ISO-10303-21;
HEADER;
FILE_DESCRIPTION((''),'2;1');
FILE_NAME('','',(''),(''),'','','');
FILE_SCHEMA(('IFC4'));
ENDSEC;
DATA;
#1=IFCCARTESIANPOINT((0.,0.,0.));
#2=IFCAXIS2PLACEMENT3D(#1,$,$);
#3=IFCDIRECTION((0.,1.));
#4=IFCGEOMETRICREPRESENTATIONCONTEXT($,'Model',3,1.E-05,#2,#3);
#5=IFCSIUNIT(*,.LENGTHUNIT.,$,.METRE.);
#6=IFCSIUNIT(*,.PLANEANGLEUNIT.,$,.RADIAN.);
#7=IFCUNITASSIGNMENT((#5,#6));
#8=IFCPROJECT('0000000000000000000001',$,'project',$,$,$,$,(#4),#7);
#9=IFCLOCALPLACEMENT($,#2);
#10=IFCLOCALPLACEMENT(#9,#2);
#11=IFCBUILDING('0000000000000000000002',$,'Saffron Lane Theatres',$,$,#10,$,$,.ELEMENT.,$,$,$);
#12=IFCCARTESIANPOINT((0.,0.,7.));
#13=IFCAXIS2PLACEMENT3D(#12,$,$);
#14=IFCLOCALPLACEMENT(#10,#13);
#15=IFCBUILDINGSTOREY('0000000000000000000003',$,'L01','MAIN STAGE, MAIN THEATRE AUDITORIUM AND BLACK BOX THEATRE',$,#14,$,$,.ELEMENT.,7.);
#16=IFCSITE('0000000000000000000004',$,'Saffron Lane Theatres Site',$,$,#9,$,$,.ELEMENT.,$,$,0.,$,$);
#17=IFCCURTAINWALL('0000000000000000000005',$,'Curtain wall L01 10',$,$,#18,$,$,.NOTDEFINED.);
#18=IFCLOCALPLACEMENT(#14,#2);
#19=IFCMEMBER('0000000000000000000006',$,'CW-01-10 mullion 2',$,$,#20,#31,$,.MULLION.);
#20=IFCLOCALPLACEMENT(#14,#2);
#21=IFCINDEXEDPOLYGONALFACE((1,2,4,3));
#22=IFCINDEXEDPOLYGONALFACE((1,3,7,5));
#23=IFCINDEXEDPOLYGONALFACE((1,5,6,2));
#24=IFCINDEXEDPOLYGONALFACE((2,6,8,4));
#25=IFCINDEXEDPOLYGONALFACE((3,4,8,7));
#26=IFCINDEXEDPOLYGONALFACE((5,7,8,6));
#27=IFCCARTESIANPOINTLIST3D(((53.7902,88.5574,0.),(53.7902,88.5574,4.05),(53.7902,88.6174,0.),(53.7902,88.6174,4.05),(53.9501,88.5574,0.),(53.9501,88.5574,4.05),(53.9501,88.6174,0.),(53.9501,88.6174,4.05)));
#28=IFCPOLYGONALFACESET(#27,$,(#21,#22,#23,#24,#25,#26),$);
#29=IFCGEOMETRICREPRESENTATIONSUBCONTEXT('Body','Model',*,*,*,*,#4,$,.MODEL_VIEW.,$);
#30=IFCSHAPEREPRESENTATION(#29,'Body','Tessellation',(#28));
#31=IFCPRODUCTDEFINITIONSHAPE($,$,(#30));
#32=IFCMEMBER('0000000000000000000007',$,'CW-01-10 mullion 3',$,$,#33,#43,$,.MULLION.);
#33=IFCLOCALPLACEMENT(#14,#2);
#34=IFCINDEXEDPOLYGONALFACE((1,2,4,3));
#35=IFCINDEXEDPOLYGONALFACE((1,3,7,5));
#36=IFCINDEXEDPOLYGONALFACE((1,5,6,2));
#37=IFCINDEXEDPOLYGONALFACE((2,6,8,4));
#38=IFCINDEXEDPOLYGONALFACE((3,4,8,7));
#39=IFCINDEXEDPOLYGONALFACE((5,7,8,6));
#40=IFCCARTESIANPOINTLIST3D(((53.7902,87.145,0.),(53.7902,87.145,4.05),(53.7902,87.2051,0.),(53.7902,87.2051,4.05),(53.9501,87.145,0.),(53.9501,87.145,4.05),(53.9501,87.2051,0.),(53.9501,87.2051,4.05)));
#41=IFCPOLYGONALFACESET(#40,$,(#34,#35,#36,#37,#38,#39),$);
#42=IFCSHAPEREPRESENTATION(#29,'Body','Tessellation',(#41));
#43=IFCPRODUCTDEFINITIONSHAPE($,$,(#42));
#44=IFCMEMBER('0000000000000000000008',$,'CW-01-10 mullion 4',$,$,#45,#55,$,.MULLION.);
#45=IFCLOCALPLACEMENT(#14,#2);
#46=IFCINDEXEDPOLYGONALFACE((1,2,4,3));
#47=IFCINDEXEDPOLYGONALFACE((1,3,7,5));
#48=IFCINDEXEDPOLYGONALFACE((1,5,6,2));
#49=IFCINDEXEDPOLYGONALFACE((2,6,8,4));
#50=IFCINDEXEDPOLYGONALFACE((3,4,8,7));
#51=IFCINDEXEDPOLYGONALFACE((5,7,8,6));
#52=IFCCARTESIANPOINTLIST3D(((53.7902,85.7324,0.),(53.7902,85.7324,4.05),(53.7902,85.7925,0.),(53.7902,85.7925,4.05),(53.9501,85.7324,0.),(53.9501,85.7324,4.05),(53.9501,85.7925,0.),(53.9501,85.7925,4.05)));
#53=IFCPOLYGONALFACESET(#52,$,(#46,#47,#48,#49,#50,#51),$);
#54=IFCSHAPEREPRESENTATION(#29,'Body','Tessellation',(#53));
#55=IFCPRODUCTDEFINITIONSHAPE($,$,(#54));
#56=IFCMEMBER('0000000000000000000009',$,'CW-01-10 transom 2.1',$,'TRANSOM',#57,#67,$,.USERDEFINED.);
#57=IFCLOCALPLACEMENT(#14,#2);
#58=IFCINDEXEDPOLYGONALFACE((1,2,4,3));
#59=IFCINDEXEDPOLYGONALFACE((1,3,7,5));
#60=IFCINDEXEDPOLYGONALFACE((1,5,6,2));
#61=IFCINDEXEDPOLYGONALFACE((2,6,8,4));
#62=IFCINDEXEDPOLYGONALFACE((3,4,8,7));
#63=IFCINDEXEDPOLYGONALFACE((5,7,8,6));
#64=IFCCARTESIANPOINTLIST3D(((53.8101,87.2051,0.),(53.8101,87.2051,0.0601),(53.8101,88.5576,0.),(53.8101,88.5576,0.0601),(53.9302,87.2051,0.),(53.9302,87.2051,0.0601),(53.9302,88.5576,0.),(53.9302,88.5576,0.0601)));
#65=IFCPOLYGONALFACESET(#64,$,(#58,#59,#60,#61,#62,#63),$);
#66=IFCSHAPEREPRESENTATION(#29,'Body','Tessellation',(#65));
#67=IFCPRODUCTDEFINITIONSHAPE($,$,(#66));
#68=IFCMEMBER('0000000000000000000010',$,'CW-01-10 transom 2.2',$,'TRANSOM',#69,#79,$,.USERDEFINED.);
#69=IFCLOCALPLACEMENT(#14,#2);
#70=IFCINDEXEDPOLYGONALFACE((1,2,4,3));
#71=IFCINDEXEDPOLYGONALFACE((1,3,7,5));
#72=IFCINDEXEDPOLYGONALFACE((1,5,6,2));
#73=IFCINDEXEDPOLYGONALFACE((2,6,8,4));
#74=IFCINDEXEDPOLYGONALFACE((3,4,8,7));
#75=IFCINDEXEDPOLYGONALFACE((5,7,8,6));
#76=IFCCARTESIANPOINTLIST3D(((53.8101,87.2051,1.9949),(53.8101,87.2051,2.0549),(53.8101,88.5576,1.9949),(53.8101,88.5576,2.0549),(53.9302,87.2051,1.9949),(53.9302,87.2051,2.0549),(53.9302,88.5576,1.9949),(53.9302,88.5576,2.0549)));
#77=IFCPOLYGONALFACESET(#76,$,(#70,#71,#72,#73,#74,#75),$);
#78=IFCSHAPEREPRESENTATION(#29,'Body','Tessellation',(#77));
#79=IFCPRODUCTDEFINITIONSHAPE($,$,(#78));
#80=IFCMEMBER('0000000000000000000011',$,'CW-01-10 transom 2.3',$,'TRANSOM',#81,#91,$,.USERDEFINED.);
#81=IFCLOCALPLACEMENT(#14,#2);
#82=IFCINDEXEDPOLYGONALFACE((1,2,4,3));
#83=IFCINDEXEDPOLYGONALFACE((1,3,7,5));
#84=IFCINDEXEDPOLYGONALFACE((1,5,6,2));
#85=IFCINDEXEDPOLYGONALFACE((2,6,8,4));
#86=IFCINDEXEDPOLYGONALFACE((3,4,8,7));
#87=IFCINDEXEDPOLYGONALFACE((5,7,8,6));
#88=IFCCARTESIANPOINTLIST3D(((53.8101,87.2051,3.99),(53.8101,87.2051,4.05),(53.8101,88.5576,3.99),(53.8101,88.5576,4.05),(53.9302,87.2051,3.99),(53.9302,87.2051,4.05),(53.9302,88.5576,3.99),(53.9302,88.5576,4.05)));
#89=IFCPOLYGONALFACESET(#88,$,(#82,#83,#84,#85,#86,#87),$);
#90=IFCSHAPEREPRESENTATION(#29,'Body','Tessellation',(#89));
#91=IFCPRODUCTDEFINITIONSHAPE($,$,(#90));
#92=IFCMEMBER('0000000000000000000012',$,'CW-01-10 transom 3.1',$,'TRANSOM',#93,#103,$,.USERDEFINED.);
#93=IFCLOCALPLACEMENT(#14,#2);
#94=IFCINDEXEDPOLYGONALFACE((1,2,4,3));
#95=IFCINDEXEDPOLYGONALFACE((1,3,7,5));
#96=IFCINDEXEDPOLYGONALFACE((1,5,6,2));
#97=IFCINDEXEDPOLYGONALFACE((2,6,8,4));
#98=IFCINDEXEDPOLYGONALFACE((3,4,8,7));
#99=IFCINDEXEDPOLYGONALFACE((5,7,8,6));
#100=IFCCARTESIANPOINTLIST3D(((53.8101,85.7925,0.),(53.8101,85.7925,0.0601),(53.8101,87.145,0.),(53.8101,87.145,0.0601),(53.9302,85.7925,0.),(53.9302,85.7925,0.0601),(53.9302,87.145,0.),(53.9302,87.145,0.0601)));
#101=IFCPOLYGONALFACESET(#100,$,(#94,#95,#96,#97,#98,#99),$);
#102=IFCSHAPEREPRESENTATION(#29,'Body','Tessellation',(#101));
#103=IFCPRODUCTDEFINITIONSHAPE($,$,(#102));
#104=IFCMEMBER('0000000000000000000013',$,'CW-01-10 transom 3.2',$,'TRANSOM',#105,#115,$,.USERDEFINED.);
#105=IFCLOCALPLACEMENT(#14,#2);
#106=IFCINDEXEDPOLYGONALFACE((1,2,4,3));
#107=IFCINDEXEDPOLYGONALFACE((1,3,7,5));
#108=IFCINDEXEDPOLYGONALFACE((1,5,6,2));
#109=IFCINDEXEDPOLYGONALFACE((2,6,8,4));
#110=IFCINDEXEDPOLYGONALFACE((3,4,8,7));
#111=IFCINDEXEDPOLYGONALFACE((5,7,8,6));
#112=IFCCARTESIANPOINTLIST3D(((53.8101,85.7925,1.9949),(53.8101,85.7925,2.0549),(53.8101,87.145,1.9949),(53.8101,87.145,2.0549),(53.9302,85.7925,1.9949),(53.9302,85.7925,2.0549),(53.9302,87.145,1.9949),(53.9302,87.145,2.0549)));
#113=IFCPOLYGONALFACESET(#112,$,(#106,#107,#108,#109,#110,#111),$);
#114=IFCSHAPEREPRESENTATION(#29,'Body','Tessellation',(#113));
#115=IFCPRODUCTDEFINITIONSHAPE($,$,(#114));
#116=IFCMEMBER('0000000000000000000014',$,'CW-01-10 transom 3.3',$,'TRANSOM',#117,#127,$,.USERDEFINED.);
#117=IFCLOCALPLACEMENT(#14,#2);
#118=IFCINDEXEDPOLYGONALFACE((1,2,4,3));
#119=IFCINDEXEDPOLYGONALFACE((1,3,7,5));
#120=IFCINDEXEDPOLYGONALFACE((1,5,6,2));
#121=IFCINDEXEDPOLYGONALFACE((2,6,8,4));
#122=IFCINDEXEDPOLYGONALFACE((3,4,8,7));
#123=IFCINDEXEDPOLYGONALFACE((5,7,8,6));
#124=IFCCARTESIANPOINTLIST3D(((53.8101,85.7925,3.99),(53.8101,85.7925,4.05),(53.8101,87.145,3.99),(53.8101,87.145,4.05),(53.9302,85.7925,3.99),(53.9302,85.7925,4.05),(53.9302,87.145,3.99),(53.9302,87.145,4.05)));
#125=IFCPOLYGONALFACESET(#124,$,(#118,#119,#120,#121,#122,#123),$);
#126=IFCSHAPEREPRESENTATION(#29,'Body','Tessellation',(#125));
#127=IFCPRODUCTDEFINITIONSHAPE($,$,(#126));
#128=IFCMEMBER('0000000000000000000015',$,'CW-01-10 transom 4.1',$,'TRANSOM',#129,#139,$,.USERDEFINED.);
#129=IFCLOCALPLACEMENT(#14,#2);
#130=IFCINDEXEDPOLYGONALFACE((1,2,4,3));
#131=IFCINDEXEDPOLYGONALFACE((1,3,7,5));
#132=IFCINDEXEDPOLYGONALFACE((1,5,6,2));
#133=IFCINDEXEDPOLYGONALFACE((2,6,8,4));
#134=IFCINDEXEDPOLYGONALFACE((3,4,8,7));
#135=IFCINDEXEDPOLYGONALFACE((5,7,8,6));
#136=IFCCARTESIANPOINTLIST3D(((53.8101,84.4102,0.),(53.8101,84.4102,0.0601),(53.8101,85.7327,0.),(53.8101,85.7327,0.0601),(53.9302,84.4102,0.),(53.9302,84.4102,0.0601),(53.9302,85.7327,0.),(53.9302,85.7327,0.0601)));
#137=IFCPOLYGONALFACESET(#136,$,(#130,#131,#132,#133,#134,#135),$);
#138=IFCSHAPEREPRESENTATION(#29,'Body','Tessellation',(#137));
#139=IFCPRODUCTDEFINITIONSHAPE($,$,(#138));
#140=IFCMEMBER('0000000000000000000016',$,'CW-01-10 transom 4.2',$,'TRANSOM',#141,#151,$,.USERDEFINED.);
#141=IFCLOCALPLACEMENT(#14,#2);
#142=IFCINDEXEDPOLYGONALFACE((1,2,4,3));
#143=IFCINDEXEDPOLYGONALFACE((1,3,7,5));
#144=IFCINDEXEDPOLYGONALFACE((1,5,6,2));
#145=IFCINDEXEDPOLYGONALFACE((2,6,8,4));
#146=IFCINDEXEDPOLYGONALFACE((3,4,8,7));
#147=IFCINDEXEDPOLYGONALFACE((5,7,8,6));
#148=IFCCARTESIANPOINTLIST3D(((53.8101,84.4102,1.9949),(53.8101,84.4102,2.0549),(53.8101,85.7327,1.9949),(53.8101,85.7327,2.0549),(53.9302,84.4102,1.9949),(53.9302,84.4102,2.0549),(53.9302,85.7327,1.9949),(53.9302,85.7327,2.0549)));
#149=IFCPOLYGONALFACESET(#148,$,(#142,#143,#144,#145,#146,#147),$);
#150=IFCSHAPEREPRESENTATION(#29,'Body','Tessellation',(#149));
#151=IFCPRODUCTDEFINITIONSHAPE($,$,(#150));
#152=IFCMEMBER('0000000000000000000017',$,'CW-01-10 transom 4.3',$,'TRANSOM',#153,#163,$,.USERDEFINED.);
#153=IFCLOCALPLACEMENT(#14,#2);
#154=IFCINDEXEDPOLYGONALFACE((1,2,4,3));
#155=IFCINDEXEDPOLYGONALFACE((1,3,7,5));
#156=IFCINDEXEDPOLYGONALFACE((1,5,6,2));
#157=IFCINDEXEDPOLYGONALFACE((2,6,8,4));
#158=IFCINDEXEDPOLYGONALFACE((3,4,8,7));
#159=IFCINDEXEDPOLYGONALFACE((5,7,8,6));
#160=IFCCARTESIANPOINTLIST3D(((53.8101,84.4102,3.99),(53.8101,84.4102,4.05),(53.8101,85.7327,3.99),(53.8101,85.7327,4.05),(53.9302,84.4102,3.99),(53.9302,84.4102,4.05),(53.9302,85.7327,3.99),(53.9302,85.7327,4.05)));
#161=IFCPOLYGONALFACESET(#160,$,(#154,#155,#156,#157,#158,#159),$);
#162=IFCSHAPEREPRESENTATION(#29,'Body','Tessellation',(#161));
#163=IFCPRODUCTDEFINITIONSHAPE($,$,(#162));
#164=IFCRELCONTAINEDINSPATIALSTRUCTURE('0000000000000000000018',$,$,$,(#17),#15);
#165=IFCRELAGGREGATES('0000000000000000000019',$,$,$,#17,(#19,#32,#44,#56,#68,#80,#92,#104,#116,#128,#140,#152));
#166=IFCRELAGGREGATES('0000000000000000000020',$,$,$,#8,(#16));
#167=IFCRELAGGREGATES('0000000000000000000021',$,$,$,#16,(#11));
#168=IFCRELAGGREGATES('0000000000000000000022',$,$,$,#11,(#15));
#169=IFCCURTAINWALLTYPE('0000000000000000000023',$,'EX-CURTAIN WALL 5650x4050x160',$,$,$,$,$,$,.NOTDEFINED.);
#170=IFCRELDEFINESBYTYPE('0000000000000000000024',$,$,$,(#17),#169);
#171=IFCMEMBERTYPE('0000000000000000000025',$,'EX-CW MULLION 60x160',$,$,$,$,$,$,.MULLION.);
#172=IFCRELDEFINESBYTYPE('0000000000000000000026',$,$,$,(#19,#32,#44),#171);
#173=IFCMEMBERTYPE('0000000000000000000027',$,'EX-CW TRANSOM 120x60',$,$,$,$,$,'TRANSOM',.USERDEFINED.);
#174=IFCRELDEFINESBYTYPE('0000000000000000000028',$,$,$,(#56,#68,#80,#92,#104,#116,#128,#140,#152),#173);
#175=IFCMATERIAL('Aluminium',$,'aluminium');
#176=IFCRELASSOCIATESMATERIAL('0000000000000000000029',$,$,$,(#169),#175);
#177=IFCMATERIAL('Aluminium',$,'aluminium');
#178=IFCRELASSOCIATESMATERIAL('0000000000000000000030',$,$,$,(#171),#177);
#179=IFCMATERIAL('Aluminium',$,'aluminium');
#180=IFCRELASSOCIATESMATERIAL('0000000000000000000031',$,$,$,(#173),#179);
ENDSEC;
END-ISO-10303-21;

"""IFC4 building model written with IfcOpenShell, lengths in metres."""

from ifc_helpers import new_model, si_unit, direction, frame, origin, origin_2d, place, context, subcontext, project, spatial, rectangle, extrude, material, material_profile, profile_set, type_object, element, aggregate, save


model = new_model("IFC4")

# Units and contexts
model_context = context("Model", 3, precision=1e-05, world=origin(), true_north=direction((0.0, 1.0)))
body_context = subcontext(model_context, "Body", "Model", "MODEL_VIEW")
ifc_project = project(units=[si_unit("LENGTHUNIT", "METRE"), si_unit("PLANEANGLEUNIT", "RADIAN")], contexts=[model_context])

# Site, building, storey
site_placement = place(None, origin())
site = spatial("IfcSite", under=ifc_project, at=site_placement, Name="Saffron Lane Theatres Site", CompositionType="ELEMENT", RefElevation=0.0)
building_placement = place(site_placement, origin())
building = spatial("IfcBuilding", under=site, at=building_placement, Name="Saffron Lane Theatres", CompositionType="ELEMENT")
storey_placement = place(building_placement, frame((0.0, 0.0, 7.0)))
storey = spatial("IfcBuildingStorey", under=building, at=storey_placement, Name="L01", Description="MAIN STAGE, MAIN THEATRE AUDITORIUM AND BLACK BOX THEATRE", CompositionType="ELEMENT", Elevation=7.0)

# Curtain wall, members
ifc_material_1 = material(Name="Aluminium", Category="aluminium")
curtain_wall_type = type_object("IfcCurtainWallType", Name="EX-CURTAIN WALL 5650x4050x160", PredefinedType="NOTDEFINED", material=ifc_material_1)
curtain_wall_placement = place(storey_placement, origin())
curtain_wall = element("IfcCurtainWall", 1, at=curtain_wall_placement, inside=storey, type_object=curtain_wall_type, Name="Curtain wall L01 10", PredefinedType="NOTDEFINED")
ifc_material_2 = material(Name="Aluminium", Category="aluminium")
ifc_material_profile_1 = material_profile(ifc_material_2, rectangle(XDim=0.0601, YDim=0.1599, at=origin_2d()))
ifc_profile_set_1 = profile_set([ifc_material_profile_1], Name="Aluminium")
member_type_1 = type_object("IfcMemberType", Name="EX-CW MULLION 60x160", PredefinedType="MULLION", material=ifc_profile_set_1)
member_1_placement = place(storey_placement, frame((53.8701, 88.5874, 0.0), z_axis=(0.0, 0.0, 1.0), x_axis=(0.0, -1.0, 0.0)))
member_1 = element("IfcMember", 2, at=member_1_placement, type_object=member_type_1, Name="CW-01-10 mullion 2", PredefinedType="MULLION", context=body_context, shape_type="SweptSolid", body=[
    extrude(rectangle(XDim=0.0601, YDim=0.1599, at=origin_2d()), origin(), (0.0, 0.0, 1.0), 4.05),
])
member_2_placement = place(storey_placement, frame((53.8701, 87.175, 0.0), z_axis=(0.0, 0.0, 1.0), x_axis=(0.0, -1.0, 0.0)))
member_2 = element("IfcMember", 3, at=member_2_placement, type_object=member_type_1, Name="CW-01-10 mullion 3", PredefinedType="MULLION", context=body_context, shape_type="SweptSolid", body=[
    extrude(rectangle(XDim=0.0601, YDim=0.1599, at=origin_2d()), origin(), (0.0, 0.0, 1.0), 4.05),
])
member_3_placement = place(storey_placement, frame((53.8701, 85.7625, 0.0), z_axis=(0.0, 0.0, 1.0), x_axis=(0.0, -1.0, 0.0)))
member_3 = element("IfcMember", 4, at=member_3_placement, type_object=member_type_1, Name="CW-01-10 mullion 4", PredefinedType="MULLION", context=body_context, shape_type="SweptSolid", body=[
    extrude(rectangle(XDim=0.0601, YDim=0.1599, at=origin_2d()), origin(), (0.0, 0.0, 1.0), 4.05),
])
ifc_material_3 = material(Name="Aluminium", Category="aluminium")
ifc_material_profile_2 = material_profile(ifc_material_3, rectangle(XDim=0.1201, YDim=0.0601, at=origin_2d()))
ifc_profile_set_2 = profile_set([ifc_material_profile_2], Name="Aluminium")
member_type_2 = type_object("IfcMemberType", Name="EX-CW TRANSOM 120x60", ElementType="TRANSOM", PredefinedType="USERDEFINED", material=ifc_profile_set_2)
member_4_placement = place(storey_placement, frame((53.8701, 88.5576, 0.03), z_axis=(0.0, -1.0, 0.0), x_axis=(1.0, 0.0, 0.0)))
member_4 = element("IfcMember", 5, at=member_4_placement, type_object=member_type_2, Name="CW-01-10 transom 2.1", ObjectType="TRANSOM", PredefinedType="USERDEFINED", context=body_context, shape_type="SweptSolid", body=[
    extrude(rectangle(XDim=0.1201, YDim=0.0601, at=origin_2d()), origin(), (0.0, 0.0, 1.0), 1.3525),
])
member_5_placement = place(storey_placement, frame((53.8701, 88.5576, 2.0249), z_axis=(0.0, -1.0, 0.0), x_axis=(1.0, 0.0, 0.0)))
member_5 = element("IfcMember", 6, at=member_5_placement, type_object=member_type_2, Name="CW-01-10 transom 2.2", ObjectType="TRANSOM", PredefinedType="USERDEFINED", context=body_context, shape_type="SweptSolid", body=[
    extrude(rectangle(XDim=0.1201, YDim=0.0601, at=origin_2d()), origin(), (0.0, 0.0, 1.0), 1.3525),
])
member_6_placement = place(storey_placement, frame((53.8701, 88.5576, 4.02), z_axis=(0.0, -1.0, 0.0), x_axis=(1.0, 0.0, 0.0)))
member_6 = element("IfcMember", 7, at=member_6_placement, type_object=member_type_2, Name="CW-01-10 transom 2.3", ObjectType="TRANSOM", PredefinedType="USERDEFINED", context=body_context, shape_type="SweptSolid", body=[
    extrude(rectangle(XDim=0.1201, YDim=0.0601, at=origin_2d()), origin(), (0.0, 0.0, 1.0), 1.3525),
])
member_7_placement = place(storey_placement, frame((53.8701, 87.145, 0.03), z_axis=(0.0, -1.0, 0.0), x_axis=(1.0, 0.0, 0.0)))
member_7 = element("IfcMember", 8, at=member_7_placement, type_object=member_type_2, Name="CW-01-10 transom 3.1", ObjectType="TRANSOM", PredefinedType="USERDEFINED", context=body_context, shape_type="SweptSolid", body=[
    extrude(rectangle(XDim=0.1201, YDim=0.0601, at=origin_2d()), origin(), (0.0, 0.0, 1.0), 1.3525),
])
member_8_placement = place(storey_placement, frame((53.8701, 87.145, 2.0249), z_axis=(0.0, -1.0, 0.0), x_axis=(1.0, 0.0, 0.0)))
member_8 = element("IfcMember", 9, at=member_8_placement, type_object=member_type_2, Name="CW-01-10 transom 3.2", ObjectType="TRANSOM", PredefinedType="USERDEFINED", context=body_context, shape_type="SweptSolid", body=[
    extrude(rectangle(XDim=0.1201, YDim=0.0601, at=origin_2d()), origin(), (0.0, 0.0, 1.0), 1.3525),
])
member_9_placement = place(storey_placement, frame((53.8701, 87.145, 4.02), z_axis=(0.0, -1.0, 0.0), x_axis=(1.0, 0.0, 0.0)))
member_9 = element("IfcMember", 10, at=member_9_placement, type_object=member_type_2, Name="CW-01-10 transom 3.3", ObjectType="TRANSOM", PredefinedType="USERDEFINED", context=body_context, shape_type="SweptSolid", body=[
    extrude(rectangle(XDim=0.1201, YDim=0.0601, at=origin_2d()), origin(), (0.0, 0.0, 1.0), 1.3525),
])
member_10_placement = place(storey_placement, frame((53.8701, 85.7327, 0.03), z_axis=(0.0, -1.0, 0.0), x_axis=(1.0, 0.0, 0.0)))
member_10 = element("IfcMember", 11, at=member_10_placement, type_object=member_type_2, Name="CW-01-10 transom 4.1", ObjectType="TRANSOM", PredefinedType="USERDEFINED", context=body_context, shape_type="SweptSolid", body=[
    extrude(rectangle(XDim=0.1201, YDim=0.0601, at=origin_2d()), origin(), (0.0, 0.0, 1.0), 1.3225),
])
member_11_placement = place(storey_placement, frame((53.8701, 85.7327, 2.0249), z_axis=(0.0, -1.0, 0.0), x_axis=(1.0, 0.0, 0.0)))
member_11 = element("IfcMember", 12, at=member_11_placement, type_object=member_type_2, Name="CW-01-10 transom 4.2", ObjectType="TRANSOM", PredefinedType="USERDEFINED", context=body_context, shape_type="SweptSolid", body=[
    extrude(rectangle(XDim=0.1201, YDim=0.0601, at=origin_2d()), origin(), (0.0, 0.0, 1.0), 1.3225),
])
member_12_placement = place(storey_placement, frame((53.8701, 85.7327, 4.02), z_axis=(0.0, -1.0, 0.0), x_axis=(1.0, 0.0, 0.0)))
member_12 = element("IfcMember", 13, at=member_12_placement, type_object=member_type_2, Name="CW-01-10 transom 4.3", ObjectType="TRANSOM", PredefinedType="USERDEFINED", context=body_context, shape_type="SweptSolid", body=[
    extrude(rectangle(XDim=0.1201, YDim=0.0601, at=origin_2d()), origin(), (0.0, 0.0, 1.0), 1.3225),
])

aggregate(curtain_wall, [member_1, member_2, member_3, member_4, member_5, member_6, member_7, member_8, member_9, member_10, member_11, member_12])

save(model, "model.ifc")
